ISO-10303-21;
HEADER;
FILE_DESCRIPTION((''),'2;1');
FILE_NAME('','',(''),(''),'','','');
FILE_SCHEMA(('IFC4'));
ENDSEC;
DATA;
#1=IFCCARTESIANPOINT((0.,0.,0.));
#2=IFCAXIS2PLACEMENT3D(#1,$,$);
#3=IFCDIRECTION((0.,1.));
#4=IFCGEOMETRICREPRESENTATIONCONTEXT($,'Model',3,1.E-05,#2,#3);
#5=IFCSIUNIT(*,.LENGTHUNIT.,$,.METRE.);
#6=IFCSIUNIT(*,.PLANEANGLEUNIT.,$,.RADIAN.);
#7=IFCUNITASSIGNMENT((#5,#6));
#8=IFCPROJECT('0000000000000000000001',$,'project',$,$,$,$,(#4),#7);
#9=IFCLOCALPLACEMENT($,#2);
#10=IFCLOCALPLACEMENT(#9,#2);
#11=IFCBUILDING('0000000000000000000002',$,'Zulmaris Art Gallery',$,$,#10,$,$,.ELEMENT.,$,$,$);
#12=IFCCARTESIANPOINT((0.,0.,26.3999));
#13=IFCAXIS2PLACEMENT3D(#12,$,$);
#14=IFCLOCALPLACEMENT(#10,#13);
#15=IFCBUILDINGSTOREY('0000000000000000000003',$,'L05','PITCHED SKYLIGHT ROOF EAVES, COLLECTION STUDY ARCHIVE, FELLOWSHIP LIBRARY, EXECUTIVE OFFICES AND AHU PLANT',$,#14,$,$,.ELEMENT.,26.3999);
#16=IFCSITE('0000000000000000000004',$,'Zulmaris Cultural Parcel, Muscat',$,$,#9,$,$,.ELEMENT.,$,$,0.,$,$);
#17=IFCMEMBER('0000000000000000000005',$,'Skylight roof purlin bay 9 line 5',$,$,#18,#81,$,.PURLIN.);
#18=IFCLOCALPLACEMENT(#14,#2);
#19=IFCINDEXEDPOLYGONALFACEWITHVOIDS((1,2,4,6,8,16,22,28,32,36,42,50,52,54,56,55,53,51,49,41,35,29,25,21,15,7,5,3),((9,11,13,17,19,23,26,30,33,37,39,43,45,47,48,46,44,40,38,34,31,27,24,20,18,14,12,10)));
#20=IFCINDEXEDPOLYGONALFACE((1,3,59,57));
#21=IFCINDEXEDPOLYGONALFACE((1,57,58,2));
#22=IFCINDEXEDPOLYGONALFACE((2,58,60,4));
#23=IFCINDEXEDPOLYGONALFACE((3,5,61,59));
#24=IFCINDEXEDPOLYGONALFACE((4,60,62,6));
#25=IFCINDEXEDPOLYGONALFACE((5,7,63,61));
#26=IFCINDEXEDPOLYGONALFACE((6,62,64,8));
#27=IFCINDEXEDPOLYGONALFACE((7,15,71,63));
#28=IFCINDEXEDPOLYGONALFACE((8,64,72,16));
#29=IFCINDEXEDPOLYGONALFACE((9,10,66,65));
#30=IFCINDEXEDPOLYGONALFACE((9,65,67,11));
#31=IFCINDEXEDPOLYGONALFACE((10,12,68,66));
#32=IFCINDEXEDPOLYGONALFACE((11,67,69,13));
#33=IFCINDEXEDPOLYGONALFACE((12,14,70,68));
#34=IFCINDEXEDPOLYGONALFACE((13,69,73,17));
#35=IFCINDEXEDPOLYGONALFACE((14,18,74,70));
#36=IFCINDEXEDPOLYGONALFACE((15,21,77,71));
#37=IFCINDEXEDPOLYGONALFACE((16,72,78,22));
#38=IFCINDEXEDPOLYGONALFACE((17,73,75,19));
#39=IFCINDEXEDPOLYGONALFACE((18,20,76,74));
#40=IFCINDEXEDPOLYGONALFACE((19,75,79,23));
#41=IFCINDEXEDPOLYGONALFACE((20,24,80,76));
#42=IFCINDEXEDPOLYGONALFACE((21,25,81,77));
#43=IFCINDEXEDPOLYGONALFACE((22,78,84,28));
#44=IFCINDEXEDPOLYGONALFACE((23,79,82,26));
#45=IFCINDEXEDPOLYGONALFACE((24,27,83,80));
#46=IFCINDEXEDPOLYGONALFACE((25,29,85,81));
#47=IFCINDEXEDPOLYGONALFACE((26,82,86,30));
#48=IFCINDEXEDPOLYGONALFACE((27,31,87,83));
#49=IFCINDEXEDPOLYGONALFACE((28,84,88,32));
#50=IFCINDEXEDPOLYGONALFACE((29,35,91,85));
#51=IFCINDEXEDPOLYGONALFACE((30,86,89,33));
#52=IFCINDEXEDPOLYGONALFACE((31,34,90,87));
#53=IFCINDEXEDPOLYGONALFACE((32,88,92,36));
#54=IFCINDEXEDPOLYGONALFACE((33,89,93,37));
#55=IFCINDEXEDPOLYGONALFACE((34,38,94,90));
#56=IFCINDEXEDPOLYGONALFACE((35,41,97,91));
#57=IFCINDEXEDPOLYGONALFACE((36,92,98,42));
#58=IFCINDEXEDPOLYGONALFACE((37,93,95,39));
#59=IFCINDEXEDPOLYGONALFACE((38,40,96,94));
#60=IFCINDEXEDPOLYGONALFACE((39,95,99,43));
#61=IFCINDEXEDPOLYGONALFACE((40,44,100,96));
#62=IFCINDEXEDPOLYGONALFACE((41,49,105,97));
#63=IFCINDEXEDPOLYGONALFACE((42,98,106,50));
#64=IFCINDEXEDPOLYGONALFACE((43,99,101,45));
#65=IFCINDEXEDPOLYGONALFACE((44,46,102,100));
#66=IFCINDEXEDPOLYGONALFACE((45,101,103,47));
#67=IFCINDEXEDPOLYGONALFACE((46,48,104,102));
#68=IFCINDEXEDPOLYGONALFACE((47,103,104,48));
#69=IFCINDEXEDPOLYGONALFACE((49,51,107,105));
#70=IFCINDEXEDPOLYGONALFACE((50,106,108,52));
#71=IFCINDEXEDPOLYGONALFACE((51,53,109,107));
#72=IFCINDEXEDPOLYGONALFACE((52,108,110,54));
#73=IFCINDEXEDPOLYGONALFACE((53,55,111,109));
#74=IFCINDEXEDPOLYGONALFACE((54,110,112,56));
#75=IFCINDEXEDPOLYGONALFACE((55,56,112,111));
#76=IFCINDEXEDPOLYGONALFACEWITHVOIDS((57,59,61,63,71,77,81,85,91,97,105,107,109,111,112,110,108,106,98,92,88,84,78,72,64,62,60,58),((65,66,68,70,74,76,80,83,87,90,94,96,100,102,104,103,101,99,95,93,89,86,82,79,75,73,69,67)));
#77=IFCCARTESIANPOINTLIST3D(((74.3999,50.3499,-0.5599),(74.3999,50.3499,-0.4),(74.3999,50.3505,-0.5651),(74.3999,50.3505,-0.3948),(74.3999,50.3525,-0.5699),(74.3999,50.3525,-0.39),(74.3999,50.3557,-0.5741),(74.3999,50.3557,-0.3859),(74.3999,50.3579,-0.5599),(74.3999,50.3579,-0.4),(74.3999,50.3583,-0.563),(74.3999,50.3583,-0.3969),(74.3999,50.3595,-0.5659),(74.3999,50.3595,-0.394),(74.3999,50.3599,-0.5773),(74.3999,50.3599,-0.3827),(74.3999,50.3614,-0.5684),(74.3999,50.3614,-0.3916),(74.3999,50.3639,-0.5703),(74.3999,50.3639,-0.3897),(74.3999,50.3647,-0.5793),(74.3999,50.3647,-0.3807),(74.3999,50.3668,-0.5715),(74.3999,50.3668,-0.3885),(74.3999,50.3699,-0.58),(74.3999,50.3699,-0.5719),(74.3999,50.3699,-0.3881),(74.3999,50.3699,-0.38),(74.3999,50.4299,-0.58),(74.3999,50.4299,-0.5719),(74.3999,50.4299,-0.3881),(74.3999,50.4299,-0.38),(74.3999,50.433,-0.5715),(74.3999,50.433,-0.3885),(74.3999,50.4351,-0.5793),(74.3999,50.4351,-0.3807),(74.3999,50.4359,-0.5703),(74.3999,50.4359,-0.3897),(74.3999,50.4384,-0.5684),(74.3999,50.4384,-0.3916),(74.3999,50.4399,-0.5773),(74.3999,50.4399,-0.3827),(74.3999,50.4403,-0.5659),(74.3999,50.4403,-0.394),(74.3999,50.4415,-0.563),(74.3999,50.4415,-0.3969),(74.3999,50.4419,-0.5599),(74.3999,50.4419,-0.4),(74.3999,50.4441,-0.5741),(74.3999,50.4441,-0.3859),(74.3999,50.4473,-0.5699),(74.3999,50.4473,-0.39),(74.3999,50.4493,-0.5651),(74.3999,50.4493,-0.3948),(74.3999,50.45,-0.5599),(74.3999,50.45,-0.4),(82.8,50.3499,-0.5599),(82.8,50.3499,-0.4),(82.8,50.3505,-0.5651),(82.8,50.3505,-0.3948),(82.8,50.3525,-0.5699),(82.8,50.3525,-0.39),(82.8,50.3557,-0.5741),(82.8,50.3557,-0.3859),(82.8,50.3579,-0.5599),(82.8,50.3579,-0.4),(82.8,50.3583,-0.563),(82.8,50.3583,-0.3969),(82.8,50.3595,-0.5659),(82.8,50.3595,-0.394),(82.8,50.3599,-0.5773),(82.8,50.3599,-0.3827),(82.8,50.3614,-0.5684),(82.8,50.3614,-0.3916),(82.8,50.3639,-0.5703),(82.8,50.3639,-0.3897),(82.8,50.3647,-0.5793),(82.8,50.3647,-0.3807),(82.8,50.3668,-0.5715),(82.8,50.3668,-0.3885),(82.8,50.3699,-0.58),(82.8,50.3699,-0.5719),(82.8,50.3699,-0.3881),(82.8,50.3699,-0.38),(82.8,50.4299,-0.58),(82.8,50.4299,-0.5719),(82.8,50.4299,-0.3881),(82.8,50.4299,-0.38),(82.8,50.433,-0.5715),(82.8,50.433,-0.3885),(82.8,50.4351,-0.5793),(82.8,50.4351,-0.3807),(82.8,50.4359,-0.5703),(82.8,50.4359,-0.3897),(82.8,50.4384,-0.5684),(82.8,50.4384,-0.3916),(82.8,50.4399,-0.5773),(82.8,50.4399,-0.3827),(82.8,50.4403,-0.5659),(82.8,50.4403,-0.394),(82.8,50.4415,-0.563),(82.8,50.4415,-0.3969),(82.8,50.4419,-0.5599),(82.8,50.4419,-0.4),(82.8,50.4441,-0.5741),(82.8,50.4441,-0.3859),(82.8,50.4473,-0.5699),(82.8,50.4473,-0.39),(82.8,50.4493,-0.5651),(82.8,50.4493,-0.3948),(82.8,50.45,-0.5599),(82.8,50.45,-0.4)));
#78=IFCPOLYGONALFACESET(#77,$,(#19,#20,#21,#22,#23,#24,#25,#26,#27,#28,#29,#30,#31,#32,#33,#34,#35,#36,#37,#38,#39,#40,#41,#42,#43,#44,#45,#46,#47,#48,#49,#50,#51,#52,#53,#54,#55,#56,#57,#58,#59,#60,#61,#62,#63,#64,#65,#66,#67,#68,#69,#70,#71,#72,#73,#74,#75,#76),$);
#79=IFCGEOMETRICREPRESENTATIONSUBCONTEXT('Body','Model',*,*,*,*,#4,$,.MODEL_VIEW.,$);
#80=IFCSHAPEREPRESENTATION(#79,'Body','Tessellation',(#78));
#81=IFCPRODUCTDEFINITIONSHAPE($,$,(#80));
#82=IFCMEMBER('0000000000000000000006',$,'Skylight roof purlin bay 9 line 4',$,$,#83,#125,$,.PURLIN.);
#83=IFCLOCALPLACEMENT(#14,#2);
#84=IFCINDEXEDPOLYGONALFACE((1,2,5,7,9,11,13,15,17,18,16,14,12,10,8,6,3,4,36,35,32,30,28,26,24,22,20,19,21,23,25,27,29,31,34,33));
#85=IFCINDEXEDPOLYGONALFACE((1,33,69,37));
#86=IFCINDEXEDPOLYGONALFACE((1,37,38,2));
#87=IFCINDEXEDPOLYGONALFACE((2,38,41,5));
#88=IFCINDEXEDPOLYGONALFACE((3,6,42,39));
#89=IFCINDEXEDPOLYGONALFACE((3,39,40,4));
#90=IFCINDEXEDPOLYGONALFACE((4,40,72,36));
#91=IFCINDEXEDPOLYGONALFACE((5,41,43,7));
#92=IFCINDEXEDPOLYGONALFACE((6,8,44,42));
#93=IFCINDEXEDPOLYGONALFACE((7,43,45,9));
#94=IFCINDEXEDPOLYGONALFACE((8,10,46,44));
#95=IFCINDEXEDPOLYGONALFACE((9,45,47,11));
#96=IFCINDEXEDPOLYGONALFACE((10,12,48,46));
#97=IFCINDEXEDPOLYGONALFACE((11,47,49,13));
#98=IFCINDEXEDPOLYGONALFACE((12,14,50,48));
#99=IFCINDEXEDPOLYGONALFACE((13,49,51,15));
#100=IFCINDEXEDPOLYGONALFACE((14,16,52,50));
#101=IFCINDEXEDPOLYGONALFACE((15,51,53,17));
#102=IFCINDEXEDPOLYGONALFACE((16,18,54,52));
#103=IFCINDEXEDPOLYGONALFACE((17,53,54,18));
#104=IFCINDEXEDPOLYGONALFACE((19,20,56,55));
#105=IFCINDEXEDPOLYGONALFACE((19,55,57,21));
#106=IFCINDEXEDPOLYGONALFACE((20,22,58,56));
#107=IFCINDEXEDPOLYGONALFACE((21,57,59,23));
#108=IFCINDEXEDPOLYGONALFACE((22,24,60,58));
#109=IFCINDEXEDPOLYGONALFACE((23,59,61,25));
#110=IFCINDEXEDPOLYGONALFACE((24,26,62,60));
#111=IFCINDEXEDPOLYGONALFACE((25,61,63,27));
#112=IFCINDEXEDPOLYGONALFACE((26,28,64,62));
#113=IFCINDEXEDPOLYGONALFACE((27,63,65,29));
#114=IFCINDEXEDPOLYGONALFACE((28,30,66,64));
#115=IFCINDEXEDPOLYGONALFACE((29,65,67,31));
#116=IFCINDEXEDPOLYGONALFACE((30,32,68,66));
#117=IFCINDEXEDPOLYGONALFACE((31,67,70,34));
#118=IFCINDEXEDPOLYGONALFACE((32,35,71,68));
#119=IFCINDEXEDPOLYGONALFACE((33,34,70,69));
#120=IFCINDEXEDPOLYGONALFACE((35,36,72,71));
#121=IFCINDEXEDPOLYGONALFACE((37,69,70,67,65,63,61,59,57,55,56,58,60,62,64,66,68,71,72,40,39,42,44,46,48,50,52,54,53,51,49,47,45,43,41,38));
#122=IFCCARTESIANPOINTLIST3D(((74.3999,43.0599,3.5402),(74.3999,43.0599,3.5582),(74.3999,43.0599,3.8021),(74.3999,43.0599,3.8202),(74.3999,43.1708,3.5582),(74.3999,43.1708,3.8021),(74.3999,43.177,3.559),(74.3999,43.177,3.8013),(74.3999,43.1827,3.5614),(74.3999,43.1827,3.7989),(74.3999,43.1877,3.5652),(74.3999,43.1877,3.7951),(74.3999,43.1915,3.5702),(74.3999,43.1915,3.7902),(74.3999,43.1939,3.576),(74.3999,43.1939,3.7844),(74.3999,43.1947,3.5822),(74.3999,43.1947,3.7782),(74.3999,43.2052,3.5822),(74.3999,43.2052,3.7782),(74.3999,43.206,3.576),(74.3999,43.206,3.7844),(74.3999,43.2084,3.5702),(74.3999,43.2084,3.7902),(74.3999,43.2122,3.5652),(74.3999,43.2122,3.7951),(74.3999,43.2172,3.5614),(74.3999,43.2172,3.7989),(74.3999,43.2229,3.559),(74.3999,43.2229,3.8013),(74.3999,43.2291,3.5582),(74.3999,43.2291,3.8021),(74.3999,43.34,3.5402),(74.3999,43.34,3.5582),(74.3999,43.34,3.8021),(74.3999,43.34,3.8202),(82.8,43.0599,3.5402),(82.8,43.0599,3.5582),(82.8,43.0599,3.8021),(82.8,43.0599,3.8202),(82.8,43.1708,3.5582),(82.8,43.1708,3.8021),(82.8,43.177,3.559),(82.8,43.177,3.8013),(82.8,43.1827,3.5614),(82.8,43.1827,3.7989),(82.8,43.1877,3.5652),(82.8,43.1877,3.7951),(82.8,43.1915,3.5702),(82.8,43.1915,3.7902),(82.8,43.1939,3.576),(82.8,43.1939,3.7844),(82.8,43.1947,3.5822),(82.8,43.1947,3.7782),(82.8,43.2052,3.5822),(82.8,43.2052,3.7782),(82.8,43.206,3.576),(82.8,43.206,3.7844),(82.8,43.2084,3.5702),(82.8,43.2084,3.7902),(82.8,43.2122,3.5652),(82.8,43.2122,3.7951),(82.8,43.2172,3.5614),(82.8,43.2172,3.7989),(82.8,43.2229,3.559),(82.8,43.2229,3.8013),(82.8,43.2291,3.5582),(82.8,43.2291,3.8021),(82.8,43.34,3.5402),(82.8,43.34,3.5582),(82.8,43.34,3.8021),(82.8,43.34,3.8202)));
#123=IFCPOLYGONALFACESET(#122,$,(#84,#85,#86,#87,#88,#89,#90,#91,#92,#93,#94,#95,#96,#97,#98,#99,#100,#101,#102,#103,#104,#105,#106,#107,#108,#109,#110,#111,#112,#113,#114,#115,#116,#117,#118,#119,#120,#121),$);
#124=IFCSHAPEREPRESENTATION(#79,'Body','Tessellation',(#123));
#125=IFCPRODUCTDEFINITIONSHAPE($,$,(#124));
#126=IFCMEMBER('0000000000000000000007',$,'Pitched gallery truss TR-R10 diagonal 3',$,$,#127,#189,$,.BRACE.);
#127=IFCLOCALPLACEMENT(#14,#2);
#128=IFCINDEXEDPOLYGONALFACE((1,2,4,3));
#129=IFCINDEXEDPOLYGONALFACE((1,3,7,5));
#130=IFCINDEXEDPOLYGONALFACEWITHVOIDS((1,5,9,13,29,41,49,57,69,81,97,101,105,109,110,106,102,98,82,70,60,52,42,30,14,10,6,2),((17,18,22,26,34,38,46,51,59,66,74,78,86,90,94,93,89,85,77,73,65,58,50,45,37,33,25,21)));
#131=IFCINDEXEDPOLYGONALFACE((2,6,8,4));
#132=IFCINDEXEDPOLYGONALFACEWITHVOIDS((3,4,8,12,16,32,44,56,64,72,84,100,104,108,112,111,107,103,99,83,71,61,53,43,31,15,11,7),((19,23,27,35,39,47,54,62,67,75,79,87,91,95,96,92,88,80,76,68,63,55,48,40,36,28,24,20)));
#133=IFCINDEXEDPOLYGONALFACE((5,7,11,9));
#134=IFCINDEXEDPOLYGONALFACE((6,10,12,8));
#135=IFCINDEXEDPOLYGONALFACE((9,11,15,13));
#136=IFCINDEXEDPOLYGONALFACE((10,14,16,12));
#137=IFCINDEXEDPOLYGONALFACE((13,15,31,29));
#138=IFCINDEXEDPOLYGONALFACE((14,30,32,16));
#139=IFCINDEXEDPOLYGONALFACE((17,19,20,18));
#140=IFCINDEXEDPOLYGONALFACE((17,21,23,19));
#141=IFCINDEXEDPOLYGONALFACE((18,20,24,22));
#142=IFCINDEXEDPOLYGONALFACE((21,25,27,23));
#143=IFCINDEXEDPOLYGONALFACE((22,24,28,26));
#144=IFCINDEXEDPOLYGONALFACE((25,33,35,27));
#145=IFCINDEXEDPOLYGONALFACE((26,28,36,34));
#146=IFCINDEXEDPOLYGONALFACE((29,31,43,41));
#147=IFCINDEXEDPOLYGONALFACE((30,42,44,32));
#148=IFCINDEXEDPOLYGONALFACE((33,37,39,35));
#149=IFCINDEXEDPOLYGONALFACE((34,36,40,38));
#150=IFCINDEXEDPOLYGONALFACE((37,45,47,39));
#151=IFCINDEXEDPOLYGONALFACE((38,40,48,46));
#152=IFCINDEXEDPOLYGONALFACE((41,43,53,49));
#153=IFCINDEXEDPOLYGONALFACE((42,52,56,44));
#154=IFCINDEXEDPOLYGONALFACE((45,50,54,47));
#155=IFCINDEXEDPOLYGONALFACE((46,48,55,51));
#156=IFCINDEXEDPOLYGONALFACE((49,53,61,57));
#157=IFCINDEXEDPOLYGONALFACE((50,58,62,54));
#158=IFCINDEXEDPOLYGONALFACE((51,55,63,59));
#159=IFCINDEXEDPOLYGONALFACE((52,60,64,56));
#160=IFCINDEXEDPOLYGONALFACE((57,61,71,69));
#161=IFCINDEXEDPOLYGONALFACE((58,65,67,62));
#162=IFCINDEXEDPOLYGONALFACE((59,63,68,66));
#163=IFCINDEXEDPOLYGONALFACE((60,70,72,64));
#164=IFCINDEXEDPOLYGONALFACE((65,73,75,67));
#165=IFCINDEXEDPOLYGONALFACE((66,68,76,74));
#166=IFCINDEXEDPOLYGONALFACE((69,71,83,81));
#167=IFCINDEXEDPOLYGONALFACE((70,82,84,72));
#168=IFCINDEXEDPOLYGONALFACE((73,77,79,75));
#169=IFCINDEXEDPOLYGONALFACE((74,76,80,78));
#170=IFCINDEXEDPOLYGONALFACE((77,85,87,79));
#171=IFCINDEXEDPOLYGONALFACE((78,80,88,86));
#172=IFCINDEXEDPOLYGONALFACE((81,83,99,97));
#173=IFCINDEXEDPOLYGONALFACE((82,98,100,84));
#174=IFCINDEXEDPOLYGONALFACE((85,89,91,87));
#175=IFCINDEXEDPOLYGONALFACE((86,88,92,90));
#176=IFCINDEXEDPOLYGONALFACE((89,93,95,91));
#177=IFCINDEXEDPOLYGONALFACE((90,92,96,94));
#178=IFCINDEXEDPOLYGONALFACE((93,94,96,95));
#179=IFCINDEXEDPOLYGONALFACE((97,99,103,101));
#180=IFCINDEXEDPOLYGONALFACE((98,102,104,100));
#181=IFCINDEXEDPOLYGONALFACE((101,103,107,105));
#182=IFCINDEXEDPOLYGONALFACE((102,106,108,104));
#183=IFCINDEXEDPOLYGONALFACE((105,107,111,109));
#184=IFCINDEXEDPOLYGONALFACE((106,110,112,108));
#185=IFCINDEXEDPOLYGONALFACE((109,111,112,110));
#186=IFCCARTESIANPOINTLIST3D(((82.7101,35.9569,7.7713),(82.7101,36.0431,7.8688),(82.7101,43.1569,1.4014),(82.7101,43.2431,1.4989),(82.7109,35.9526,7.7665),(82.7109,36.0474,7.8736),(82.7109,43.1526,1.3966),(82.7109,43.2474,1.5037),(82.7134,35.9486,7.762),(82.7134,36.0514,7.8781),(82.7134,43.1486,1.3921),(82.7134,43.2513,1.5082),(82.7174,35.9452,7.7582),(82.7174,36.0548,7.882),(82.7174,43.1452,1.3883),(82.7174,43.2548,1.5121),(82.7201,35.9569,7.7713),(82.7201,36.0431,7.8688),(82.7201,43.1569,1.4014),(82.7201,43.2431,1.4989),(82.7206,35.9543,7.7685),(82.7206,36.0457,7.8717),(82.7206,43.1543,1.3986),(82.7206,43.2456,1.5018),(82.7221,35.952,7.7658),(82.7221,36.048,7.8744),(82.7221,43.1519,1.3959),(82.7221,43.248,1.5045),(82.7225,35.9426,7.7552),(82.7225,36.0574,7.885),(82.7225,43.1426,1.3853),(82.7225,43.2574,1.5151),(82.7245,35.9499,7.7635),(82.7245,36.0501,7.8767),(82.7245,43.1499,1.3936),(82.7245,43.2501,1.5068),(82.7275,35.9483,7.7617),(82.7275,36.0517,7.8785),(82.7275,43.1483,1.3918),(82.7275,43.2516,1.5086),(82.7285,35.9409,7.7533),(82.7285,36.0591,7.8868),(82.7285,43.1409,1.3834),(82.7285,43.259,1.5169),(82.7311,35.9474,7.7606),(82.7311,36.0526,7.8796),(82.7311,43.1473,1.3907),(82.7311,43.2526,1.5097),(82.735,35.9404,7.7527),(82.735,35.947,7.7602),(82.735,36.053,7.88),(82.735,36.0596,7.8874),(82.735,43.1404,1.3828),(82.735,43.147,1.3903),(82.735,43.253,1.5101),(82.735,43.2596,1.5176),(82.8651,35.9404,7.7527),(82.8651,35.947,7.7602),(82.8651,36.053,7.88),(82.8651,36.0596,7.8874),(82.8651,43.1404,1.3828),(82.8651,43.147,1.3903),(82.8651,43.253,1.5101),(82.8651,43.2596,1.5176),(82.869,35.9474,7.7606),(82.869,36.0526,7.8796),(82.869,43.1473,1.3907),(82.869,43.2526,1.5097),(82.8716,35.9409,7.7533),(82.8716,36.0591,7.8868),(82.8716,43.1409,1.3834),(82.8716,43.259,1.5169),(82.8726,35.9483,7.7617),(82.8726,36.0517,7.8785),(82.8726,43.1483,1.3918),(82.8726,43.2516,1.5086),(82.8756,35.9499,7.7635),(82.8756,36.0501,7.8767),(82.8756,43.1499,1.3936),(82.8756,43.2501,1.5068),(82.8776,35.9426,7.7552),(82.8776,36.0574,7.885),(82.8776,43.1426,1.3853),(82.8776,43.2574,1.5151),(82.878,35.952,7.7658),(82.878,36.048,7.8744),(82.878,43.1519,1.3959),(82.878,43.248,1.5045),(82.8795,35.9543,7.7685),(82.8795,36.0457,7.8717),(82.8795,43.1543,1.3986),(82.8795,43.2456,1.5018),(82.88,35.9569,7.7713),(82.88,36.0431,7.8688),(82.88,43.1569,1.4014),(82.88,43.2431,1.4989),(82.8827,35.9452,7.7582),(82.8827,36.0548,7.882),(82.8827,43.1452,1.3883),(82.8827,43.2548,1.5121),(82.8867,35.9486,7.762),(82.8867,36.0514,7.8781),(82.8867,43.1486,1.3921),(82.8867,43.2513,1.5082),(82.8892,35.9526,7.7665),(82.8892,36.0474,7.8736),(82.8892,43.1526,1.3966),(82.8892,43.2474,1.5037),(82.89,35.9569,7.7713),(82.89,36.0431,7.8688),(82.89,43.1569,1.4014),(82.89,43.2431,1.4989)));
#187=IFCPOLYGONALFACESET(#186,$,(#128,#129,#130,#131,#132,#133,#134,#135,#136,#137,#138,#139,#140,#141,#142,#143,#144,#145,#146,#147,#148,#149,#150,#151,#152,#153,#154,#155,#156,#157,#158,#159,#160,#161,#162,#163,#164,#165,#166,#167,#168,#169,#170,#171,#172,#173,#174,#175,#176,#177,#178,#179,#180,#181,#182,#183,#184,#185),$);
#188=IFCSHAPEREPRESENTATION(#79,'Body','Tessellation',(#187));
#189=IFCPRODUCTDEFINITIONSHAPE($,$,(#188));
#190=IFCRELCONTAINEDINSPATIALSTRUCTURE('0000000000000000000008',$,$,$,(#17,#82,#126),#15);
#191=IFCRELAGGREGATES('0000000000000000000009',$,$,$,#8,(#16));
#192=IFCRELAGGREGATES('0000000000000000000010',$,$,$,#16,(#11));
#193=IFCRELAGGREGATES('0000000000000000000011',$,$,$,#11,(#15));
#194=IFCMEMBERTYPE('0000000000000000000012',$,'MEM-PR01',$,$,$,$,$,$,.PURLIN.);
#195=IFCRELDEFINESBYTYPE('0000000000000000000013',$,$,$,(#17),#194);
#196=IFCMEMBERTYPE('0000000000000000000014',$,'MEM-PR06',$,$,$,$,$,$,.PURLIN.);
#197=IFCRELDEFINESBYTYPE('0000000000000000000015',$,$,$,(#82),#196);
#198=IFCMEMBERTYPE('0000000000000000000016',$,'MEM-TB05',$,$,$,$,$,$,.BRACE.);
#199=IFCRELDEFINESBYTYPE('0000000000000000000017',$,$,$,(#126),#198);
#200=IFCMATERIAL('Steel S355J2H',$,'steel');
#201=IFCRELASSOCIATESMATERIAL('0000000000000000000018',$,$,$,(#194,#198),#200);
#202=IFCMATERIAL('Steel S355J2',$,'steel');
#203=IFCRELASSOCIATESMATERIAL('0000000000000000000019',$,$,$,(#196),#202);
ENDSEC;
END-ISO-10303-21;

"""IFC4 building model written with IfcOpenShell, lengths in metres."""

from ifc_helpers import new_model, si_unit, direction, frame, origin, origin_2d, place, context, subcontext, project, spatial, hollow_rectangle, i_section, extrude, material, material_profile, profile_set, type_object, element, save


model = new_model("IFC4")

# Units and contexts
model_context = context("Model", 3, precision=1e-05, world=origin(), true_north=direction((0.0, 1.0)))
body_context = subcontext(model_context, "Body", "Model", "MODEL_VIEW")
ifc_project = project(units=[si_unit("LENGTHUNIT", "METRE"), si_unit("PLANEANGLEUNIT", "RADIAN")], contexts=[model_context])

# Site, building, storey
site_placement = place(None, origin())
site = spatial("IfcSite", under=ifc_project, at=site_placement, Name="Zulmaris Cultural Parcel, Muscat", CompositionType="ELEMENT", RefElevation=0.0)
building_placement = place(site_placement, origin())
building = spatial("IfcBuilding", under=site, at=building_placement, Name="Zulmaris Art Gallery", CompositionType="ELEMENT")
storey_placement = place(building_placement, frame((0.0, 0.0, 26.3999)))
storey = spatial("IfcBuildingStorey", under=building, at=storey_placement, Name="L05", Description="PITCHED SKYLIGHT ROOF EAVES, COLLECTION STUDY ARCHIVE, FELLOWSHIP LIBRARY, EXECUTIVE OFFICES AND AHU PLANT", CompositionType="ELEMENT", Elevation=26.3999)

# Members
ifc_material_1 = material(Name="Steel S355J2H", Category="steel")
ifc_material_profile_1 = material_profile(ifc_material_1, hollow_rectangle(XDim=0.1001, YDim=0.2, WallThickness=0.0081, InnerFilletRadius=0.012, OuterFilletRadius=0.02, at=origin_2d()), Name="RHS 200x100x8")
ifc_profile_set_1 = profile_set([ifc_material_profile_1], Name="Steel S355J2H")
member_type_1 = type_object("IfcMemberType", Name="MEM-PR01", PredefinedType="PURLIN", material=ifc_profile_set_1)
member_1_placement = place(storey_placement, frame((74.3999, 50.3999, -0.48), z_axis=(1.0, 0.0, 0.0), x_axis=(0.0, 1.0, 0.0)))
element("IfcMember", 1, at=member_1_placement, inside=storey, type_object=member_type_1, Name="Skylight roof purlin bay 9 line 5", PredefinedType="PURLIN", context=body_context, shape_type="SweptSolid", body=[
    extrude(hollow_rectangle(XDim=0.1001, YDim=0.2, WallThickness=0.0081, InnerFilletRadius=0.012, OuterFilletRadius=0.02, at=origin_2d()), origin(), (0.0, 0.0, 1.0), 8.4001),
])
ifc_material_2 = material(Name="Steel S355J2", Category="steel")
ifc_material_profile_2 = material_profile(ifc_material_2, i_section(OverallWidth=0.28, OverallDepth=0.28, WebThickness=0.0105, FlangeThickness=0.0181, FilletRadius=0.0239, at=origin_2d()), Name="HEB 280")
ifc_profile_set_2 = profile_set([ifc_material_profile_2], Name="Steel S355J2")
member_type_2 = type_object("IfcMemberType", Name="MEM-PR06", PredefinedType="PURLIN", material=ifc_profile_set_2)
member_2_placement = place(storey_placement, frame((74.3999, 43.2, 3.6802), z_axis=(1.0, 0.0, 0.0), x_axis=(0.0, 1.0, 0.0)))
element("IfcMember", 2, at=member_2_placement, inside=storey, type_object=member_type_2, Name="Skylight roof purlin bay 9 line 4", PredefinedType="PURLIN", context=body_context, shape_type="SweptSolid", body=[
    extrude(i_section(OverallWidth=0.28, OverallDepth=0.28, WebThickness=0.0105, FlangeThickness=0.0181, FilletRadius=0.0239, at=origin_2d()), origin(), (0.0, 0.0, 1.0), 8.4001),
])
ifc_material_profile_3 = material_profile(ifc_material_1, hollow_rectangle(XDim=0.1799, YDim=0.1799, WallThickness=0.01, InnerFilletRadius=0.0149, OuterFilletRadius=0.0249, at=origin_2d()), Name="SHS 180x180x10")
ifc_profile_set_3 = profile_set([ifc_material_profile_3], Name="Steel S355J2H")
member_type_3 = type_object("IfcMemberType", Name="MEM-TB05", PredefinedType="BRACE", material=ifc_profile_set_3)
member_3_placement = place(storey_placement, frame((82.8, 36.0, 7.8201), z_axis=(0.0, 0.748961, -0.662614), x_axis=(-1.0, 0.0, 0.0)))
element("IfcMember", 3, at=member_3_placement, inside=storey, type_object=member_type_3, Name="Pitched gallery truss TR-R10 diagonal 3", PredefinedType="BRACE", context=body_context, shape_type="SweptSolid", body=[
    extrude(hollow_rectangle(XDim=0.1799, YDim=0.1799, WallThickness=0.01, InnerFilletRadius=0.0149, OuterFilletRadius=0.0249, at=origin_2d()), origin(), (0.0, 0.0, 1.0), 9.6133),
])

save(model, "model.ifc")
